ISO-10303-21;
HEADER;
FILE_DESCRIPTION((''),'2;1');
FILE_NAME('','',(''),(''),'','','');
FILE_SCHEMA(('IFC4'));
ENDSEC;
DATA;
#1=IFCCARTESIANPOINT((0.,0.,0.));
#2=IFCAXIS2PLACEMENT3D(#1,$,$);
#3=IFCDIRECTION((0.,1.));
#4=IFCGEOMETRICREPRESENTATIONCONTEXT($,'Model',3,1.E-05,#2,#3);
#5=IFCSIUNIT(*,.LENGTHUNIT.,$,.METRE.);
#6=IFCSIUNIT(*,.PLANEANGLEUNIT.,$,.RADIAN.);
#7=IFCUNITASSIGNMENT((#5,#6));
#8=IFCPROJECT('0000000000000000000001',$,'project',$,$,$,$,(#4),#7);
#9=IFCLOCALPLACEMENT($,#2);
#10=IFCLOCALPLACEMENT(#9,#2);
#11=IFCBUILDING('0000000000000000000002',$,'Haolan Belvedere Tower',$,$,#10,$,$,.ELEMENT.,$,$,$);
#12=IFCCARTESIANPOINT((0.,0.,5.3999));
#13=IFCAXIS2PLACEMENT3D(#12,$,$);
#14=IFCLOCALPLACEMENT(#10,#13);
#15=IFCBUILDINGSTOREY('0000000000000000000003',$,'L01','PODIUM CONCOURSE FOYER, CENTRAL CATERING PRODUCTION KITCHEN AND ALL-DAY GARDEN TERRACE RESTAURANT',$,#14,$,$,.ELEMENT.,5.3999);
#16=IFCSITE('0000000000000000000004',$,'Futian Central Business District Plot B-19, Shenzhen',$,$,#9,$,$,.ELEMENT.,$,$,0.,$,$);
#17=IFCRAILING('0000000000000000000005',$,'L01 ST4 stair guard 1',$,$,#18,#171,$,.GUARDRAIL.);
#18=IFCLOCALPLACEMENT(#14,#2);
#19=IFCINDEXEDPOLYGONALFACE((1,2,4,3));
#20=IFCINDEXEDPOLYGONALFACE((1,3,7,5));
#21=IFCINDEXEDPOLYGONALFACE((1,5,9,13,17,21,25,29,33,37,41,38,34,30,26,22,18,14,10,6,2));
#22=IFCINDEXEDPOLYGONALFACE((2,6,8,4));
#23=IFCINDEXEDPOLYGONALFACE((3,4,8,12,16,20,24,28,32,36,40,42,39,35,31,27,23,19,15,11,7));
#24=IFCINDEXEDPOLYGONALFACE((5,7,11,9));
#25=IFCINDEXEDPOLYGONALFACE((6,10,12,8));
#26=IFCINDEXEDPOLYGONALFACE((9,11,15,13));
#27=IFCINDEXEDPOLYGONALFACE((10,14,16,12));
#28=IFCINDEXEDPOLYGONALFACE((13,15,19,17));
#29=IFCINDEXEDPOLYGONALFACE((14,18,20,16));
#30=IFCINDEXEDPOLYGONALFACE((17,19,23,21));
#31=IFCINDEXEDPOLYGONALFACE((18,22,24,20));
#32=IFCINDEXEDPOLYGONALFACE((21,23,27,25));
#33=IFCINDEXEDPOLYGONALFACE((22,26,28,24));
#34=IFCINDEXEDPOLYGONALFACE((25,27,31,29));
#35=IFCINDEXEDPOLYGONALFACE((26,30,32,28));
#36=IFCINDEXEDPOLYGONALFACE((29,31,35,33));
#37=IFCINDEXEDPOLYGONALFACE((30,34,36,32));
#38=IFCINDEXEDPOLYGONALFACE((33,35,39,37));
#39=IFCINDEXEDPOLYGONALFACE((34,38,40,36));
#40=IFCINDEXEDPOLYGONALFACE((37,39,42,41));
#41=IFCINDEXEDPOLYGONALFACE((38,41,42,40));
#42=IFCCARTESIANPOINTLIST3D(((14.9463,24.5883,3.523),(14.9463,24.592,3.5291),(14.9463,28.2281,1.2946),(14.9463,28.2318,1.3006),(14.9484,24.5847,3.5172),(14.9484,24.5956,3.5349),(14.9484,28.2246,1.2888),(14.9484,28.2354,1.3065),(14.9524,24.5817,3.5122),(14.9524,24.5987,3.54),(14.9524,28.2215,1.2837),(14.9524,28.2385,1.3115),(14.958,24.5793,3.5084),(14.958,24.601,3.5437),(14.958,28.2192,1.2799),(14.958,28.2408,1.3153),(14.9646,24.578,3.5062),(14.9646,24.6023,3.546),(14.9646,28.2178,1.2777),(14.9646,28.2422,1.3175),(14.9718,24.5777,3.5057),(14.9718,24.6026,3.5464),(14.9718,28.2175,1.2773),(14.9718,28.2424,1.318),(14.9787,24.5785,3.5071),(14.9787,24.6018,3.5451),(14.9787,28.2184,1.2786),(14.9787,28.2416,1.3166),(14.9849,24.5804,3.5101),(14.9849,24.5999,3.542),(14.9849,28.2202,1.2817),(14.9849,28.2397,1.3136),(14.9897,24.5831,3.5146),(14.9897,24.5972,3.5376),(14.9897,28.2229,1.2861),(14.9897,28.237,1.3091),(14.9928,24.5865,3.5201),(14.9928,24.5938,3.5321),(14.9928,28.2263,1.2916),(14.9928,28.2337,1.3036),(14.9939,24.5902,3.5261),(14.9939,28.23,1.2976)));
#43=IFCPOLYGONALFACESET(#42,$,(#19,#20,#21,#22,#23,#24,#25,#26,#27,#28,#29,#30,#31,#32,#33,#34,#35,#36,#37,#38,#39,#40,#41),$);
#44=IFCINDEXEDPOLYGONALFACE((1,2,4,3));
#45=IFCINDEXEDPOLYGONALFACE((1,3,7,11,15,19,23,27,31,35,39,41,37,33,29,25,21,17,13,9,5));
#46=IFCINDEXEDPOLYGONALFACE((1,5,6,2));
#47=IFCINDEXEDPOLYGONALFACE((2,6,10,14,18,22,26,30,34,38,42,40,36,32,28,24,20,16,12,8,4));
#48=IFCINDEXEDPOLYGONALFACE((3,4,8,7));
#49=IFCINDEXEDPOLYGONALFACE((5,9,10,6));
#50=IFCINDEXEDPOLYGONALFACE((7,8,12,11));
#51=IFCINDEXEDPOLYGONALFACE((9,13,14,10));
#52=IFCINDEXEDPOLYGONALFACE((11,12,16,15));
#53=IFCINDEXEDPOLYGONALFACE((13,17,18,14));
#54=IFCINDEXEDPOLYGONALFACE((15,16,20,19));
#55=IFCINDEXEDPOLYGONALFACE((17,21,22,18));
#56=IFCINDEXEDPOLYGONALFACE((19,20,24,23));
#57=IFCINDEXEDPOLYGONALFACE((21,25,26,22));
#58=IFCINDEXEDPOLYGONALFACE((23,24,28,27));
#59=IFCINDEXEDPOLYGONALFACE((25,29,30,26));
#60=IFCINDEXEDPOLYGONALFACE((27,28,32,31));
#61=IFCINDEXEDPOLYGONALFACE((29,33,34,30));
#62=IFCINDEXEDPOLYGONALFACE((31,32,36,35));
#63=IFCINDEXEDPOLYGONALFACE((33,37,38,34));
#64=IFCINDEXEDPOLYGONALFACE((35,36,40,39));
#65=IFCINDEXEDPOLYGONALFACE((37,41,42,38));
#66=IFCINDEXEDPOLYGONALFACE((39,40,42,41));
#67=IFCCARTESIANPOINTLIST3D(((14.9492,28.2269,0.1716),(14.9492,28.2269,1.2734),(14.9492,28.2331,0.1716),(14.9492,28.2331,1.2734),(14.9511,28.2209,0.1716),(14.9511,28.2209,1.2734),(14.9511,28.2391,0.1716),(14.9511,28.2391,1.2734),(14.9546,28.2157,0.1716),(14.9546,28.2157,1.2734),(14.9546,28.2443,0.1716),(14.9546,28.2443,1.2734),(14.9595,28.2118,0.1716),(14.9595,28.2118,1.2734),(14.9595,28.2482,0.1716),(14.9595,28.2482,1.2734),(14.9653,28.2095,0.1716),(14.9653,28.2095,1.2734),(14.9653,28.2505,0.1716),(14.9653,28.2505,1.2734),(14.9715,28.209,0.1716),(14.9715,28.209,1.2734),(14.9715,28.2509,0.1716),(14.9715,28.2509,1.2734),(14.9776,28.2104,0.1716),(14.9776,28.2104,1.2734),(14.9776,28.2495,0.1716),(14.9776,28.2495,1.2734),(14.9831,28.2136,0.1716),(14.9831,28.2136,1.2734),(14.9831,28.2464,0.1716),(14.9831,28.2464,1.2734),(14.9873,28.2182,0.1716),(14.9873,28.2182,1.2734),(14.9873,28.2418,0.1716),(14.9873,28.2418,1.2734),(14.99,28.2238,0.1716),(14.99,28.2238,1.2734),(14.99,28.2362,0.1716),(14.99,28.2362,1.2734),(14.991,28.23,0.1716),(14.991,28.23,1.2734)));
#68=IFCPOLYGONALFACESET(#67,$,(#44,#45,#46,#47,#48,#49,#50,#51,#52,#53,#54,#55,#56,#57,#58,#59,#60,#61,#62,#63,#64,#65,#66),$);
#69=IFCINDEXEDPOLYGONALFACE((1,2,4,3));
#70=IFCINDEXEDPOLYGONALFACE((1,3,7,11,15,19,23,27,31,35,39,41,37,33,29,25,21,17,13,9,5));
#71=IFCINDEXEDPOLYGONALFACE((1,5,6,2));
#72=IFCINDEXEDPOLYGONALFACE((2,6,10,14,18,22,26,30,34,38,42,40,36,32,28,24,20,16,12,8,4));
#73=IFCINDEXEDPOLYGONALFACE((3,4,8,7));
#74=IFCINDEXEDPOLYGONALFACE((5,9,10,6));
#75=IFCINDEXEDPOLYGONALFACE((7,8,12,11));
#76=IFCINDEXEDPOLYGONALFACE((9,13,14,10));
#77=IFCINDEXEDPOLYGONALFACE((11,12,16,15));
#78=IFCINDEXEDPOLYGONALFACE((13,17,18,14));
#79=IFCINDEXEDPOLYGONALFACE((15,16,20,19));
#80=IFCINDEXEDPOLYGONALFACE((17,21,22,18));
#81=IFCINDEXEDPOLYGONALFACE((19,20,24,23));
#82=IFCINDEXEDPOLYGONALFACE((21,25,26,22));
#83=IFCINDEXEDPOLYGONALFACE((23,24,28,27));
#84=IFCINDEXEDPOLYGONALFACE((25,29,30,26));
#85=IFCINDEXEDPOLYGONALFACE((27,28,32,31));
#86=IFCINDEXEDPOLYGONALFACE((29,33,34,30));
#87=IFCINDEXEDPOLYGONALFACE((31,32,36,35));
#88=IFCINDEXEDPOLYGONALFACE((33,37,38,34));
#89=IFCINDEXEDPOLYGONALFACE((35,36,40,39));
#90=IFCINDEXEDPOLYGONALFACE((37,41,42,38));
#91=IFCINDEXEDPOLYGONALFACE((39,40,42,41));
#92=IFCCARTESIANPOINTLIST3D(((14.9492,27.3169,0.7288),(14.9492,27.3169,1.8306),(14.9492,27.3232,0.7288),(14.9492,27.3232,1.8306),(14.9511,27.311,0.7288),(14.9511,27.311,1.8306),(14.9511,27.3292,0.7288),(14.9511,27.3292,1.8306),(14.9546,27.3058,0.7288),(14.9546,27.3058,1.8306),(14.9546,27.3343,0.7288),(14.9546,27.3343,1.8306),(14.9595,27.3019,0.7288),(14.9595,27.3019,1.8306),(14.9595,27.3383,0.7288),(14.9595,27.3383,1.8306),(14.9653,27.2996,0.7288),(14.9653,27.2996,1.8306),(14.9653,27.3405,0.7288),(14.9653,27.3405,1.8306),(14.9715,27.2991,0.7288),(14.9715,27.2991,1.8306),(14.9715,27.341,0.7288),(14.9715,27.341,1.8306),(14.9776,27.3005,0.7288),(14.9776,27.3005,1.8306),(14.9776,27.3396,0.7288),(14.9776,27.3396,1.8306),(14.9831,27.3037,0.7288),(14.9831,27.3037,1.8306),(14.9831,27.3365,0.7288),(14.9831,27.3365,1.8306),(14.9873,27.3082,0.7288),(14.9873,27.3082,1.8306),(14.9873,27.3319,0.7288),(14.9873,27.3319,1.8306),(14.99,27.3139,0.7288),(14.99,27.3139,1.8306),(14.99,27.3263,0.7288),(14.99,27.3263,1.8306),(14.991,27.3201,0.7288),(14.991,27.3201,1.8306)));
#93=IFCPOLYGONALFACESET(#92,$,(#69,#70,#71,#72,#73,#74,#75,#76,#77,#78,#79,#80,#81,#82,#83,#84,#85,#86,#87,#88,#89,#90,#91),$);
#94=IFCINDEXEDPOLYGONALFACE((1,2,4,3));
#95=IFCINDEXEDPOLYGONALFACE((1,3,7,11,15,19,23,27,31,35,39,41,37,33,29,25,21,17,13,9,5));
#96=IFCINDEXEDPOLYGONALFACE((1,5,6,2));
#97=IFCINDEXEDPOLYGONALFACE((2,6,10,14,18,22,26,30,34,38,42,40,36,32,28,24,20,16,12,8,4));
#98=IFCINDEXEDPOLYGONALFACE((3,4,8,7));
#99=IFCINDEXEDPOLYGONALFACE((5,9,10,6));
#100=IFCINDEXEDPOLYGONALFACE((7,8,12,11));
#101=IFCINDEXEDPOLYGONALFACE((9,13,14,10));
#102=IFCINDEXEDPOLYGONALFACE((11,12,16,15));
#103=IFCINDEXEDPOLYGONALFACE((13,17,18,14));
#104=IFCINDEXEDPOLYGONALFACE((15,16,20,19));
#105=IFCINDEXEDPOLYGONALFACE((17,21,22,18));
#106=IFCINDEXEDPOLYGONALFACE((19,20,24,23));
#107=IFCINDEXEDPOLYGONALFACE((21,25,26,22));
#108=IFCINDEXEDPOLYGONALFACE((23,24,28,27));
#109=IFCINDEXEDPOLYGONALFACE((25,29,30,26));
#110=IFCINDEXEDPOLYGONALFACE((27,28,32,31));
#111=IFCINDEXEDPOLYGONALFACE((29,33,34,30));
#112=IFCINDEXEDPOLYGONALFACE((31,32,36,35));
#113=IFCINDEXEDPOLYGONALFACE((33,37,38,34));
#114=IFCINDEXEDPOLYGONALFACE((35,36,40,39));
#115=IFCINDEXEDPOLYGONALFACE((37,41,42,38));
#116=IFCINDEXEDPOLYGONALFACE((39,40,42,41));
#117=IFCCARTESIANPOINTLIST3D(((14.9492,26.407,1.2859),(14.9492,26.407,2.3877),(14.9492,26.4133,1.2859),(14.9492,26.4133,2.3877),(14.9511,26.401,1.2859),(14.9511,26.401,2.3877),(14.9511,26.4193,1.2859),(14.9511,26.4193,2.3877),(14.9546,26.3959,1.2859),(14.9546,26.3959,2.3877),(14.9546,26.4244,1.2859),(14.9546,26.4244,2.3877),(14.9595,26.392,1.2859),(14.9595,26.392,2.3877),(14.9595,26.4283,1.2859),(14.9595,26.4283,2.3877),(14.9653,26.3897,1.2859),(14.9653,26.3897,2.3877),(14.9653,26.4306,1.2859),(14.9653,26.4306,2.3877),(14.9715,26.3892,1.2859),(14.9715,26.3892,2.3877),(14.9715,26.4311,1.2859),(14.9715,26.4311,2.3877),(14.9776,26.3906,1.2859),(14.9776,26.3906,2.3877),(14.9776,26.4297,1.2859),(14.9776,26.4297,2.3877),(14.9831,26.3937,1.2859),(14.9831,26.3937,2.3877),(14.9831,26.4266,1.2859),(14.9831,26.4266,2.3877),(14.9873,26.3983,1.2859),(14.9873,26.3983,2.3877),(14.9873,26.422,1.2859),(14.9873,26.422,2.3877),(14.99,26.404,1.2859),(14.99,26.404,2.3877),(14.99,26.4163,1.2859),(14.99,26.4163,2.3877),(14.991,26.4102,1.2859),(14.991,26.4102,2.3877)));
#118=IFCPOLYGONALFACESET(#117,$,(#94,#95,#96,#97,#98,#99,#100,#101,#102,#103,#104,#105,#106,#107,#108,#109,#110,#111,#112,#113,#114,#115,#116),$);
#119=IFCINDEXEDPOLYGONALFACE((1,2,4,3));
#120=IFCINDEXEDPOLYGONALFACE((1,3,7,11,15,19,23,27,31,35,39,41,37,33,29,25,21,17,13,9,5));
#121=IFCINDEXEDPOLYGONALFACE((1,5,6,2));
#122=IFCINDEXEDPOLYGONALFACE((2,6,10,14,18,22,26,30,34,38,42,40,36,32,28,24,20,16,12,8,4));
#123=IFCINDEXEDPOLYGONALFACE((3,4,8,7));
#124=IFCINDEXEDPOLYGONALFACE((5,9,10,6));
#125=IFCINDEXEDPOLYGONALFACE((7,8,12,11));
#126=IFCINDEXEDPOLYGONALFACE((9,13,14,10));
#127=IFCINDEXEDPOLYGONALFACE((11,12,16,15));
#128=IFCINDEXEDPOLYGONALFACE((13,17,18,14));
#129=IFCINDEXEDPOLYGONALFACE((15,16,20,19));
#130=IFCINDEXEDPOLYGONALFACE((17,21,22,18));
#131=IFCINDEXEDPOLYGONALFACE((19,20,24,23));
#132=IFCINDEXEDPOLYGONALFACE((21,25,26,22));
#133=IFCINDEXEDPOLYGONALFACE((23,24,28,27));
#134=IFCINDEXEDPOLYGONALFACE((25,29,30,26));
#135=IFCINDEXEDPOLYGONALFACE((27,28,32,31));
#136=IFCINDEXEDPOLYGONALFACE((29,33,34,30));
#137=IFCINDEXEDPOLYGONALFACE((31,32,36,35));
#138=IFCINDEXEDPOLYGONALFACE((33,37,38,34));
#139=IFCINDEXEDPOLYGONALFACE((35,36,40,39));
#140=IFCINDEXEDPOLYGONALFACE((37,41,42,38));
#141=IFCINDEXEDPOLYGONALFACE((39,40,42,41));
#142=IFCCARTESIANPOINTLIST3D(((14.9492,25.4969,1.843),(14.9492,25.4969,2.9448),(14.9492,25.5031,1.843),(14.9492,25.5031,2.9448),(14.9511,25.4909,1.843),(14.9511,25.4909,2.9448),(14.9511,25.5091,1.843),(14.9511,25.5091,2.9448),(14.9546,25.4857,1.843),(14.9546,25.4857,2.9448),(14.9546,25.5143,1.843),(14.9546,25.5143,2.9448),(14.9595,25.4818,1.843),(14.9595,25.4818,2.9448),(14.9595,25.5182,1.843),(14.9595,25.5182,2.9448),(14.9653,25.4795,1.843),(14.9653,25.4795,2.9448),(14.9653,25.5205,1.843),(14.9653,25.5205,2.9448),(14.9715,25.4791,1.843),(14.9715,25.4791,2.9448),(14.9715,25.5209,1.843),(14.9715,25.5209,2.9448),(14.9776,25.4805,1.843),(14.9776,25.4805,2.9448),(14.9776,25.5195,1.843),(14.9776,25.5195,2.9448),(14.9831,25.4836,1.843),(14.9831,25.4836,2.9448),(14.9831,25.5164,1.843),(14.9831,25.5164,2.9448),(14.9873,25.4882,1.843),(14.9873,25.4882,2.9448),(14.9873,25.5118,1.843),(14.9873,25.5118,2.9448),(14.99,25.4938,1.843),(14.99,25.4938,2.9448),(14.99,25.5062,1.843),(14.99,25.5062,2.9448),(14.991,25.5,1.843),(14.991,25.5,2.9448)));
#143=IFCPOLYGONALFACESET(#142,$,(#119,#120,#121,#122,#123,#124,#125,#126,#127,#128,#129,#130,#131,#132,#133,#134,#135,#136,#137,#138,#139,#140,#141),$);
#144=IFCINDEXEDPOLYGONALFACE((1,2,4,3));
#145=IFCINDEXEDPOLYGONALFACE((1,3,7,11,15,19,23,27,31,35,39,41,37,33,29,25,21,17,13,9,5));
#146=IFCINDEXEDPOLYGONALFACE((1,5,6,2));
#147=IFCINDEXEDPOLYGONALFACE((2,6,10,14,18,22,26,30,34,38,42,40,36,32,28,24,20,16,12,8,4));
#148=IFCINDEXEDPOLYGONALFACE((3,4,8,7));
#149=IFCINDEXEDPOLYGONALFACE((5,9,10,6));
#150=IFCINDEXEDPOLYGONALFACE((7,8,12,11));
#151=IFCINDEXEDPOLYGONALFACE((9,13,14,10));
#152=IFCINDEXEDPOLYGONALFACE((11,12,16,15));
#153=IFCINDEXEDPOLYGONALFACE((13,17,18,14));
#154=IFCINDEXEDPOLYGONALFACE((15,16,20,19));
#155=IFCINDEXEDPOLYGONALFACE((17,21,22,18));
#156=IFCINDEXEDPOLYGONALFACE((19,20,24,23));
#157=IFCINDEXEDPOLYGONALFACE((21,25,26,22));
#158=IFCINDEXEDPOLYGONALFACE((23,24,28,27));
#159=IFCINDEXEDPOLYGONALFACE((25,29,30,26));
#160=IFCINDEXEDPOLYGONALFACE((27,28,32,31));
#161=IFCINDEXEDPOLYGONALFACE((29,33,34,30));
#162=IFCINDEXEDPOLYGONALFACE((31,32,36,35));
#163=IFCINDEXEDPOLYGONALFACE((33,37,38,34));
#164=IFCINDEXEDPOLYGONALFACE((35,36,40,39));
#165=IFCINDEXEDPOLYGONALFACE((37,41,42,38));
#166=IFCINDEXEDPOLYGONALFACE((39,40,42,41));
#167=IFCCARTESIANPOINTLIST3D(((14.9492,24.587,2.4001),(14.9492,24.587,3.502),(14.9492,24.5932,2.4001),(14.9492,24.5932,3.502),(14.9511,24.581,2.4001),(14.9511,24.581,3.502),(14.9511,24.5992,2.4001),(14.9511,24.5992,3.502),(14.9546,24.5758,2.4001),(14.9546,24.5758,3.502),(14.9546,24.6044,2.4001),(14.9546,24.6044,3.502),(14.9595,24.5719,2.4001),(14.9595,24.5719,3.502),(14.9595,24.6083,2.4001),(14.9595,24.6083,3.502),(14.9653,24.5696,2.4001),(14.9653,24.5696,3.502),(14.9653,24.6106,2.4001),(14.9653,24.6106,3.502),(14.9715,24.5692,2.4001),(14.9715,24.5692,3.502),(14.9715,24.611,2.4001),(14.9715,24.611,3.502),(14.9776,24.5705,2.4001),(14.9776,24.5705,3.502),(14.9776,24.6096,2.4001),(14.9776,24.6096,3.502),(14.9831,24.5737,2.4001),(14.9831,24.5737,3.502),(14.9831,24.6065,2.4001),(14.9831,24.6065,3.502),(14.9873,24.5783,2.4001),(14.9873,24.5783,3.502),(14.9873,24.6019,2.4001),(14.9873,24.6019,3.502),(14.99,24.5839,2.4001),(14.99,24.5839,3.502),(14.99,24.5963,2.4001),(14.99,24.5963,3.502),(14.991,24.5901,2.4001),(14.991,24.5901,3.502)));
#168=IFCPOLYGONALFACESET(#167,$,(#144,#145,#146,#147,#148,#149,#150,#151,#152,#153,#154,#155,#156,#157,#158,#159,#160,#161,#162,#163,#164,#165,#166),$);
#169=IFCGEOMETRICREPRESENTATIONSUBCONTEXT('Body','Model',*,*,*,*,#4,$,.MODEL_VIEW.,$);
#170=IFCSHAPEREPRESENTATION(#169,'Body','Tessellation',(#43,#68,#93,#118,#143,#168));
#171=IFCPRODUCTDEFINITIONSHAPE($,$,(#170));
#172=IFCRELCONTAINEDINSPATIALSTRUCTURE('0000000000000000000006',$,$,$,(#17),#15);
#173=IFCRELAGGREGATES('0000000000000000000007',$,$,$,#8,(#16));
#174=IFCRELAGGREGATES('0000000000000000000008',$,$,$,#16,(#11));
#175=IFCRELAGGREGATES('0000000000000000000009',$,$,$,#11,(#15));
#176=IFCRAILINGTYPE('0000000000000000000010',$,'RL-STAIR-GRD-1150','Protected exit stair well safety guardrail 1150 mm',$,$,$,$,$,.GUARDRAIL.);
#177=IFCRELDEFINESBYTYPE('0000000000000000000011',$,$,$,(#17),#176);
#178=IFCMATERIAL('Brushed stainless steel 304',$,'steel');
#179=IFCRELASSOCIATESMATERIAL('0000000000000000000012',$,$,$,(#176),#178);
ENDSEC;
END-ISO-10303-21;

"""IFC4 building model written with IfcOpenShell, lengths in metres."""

from ifc_helpers import new_model, si_unit, direction, frame, origin, origin_2d, place, context, subcontext, project, spatial, circle, extrude, material, type_object, element, save


model = new_model("IFC4")

# Units and contexts
model_context = context("Model", 3, precision=1e-05, world=origin(), true_north=direction((0.0, 1.0)))
body_context = subcontext(model_context, "Body", "Model", "MODEL_VIEW")
ifc_project = project(units=[si_unit("LENGTHUNIT", "METRE"), si_unit("PLANEANGLEUNIT", "RADIAN")], contexts=[model_context])

# Site, building, storey
site_placement = place(None, origin())
site = spatial("IfcSite", under=ifc_project, at=site_placement, Name="Futian Central Business District Plot B-19, Shenzhen", CompositionType="ELEMENT", RefElevation=0.0)
building_placement = place(site_placement, origin())
building = spatial("IfcBuilding", under=site, at=building_placement, Name="Haolan Belvedere Tower", CompositionType="ELEMENT")
storey_placement = place(building_placement, frame((0.0, 0.0, 5.3999)))
storey = spatial("IfcBuildingStorey", under=building, at=storey_placement, Name="L01", Description="PODIUM CONCOURSE FOYER, CENTRAL CATERING PRODUCTION KITCHEN AND ALL-DAY GARDEN TERRACE RESTAURANT", CompositionType="ELEMENT", Elevation=5.3999)

# Railing
ifc_material_1 = material(Name="Brushed stainless steel 304", Category="steel")
railing_type_1 = type_object("IfcRailingType", Name="RL-STAIR-GRD-1150", Description="Protected exit stair well safety guardrail 1150 mm", PredefinedType="GUARDRAIL", material=ifc_material_1)
railing_1_placement = place(storey_placement, frame((14.97, 28.23, 0.1716)))
element("IfcRailing", 1, at=railing_1_placement, inside=storey, type_object=railing_type_1, Name="L01 ST4 stair guard 1", PredefinedType="GUARDRAIL", context=body_context, shape_type="SweptSolid", body=[
    extrude(circle(Radius=0.0239, at=origin_2d()), frame((0.0, 0.0, 1.126), z_axis=(0.0, -0.85285, 0.522156), x_axis=(1.0, 0.0, 0.0)), (0.0, 0.0, 1.0), 4.2678),
    extrude(circle(Radius=0.021, at=origin_2d()), origin(), (0.0, 0.0, 1.0), 1.1018),
    extrude(circle(Radius=0.021, at=origin_2d()), frame((0.0, -0.9099, 0.5571)), (0.0, 0.0, 1.0), 1.1018),
    extrude(circle(Radius=0.021, at=origin_2d()), frame((0.0, -1.8198, 1.1143)), (0.0, 0.0, 1.0), 1.1018),
    extrude(circle(Radius=0.021, at=origin_2d()), frame((0.0, -2.73, 1.6714)), (0.0, 0.0, 1.0), 1.1018),
    extrude(circle(Radius=0.021, at=origin_2d()), frame((0.0, -3.6399, 2.2285)), (0.0, 0.0, 1.0), 1.1018),
])

save(model, "model.ifc")
